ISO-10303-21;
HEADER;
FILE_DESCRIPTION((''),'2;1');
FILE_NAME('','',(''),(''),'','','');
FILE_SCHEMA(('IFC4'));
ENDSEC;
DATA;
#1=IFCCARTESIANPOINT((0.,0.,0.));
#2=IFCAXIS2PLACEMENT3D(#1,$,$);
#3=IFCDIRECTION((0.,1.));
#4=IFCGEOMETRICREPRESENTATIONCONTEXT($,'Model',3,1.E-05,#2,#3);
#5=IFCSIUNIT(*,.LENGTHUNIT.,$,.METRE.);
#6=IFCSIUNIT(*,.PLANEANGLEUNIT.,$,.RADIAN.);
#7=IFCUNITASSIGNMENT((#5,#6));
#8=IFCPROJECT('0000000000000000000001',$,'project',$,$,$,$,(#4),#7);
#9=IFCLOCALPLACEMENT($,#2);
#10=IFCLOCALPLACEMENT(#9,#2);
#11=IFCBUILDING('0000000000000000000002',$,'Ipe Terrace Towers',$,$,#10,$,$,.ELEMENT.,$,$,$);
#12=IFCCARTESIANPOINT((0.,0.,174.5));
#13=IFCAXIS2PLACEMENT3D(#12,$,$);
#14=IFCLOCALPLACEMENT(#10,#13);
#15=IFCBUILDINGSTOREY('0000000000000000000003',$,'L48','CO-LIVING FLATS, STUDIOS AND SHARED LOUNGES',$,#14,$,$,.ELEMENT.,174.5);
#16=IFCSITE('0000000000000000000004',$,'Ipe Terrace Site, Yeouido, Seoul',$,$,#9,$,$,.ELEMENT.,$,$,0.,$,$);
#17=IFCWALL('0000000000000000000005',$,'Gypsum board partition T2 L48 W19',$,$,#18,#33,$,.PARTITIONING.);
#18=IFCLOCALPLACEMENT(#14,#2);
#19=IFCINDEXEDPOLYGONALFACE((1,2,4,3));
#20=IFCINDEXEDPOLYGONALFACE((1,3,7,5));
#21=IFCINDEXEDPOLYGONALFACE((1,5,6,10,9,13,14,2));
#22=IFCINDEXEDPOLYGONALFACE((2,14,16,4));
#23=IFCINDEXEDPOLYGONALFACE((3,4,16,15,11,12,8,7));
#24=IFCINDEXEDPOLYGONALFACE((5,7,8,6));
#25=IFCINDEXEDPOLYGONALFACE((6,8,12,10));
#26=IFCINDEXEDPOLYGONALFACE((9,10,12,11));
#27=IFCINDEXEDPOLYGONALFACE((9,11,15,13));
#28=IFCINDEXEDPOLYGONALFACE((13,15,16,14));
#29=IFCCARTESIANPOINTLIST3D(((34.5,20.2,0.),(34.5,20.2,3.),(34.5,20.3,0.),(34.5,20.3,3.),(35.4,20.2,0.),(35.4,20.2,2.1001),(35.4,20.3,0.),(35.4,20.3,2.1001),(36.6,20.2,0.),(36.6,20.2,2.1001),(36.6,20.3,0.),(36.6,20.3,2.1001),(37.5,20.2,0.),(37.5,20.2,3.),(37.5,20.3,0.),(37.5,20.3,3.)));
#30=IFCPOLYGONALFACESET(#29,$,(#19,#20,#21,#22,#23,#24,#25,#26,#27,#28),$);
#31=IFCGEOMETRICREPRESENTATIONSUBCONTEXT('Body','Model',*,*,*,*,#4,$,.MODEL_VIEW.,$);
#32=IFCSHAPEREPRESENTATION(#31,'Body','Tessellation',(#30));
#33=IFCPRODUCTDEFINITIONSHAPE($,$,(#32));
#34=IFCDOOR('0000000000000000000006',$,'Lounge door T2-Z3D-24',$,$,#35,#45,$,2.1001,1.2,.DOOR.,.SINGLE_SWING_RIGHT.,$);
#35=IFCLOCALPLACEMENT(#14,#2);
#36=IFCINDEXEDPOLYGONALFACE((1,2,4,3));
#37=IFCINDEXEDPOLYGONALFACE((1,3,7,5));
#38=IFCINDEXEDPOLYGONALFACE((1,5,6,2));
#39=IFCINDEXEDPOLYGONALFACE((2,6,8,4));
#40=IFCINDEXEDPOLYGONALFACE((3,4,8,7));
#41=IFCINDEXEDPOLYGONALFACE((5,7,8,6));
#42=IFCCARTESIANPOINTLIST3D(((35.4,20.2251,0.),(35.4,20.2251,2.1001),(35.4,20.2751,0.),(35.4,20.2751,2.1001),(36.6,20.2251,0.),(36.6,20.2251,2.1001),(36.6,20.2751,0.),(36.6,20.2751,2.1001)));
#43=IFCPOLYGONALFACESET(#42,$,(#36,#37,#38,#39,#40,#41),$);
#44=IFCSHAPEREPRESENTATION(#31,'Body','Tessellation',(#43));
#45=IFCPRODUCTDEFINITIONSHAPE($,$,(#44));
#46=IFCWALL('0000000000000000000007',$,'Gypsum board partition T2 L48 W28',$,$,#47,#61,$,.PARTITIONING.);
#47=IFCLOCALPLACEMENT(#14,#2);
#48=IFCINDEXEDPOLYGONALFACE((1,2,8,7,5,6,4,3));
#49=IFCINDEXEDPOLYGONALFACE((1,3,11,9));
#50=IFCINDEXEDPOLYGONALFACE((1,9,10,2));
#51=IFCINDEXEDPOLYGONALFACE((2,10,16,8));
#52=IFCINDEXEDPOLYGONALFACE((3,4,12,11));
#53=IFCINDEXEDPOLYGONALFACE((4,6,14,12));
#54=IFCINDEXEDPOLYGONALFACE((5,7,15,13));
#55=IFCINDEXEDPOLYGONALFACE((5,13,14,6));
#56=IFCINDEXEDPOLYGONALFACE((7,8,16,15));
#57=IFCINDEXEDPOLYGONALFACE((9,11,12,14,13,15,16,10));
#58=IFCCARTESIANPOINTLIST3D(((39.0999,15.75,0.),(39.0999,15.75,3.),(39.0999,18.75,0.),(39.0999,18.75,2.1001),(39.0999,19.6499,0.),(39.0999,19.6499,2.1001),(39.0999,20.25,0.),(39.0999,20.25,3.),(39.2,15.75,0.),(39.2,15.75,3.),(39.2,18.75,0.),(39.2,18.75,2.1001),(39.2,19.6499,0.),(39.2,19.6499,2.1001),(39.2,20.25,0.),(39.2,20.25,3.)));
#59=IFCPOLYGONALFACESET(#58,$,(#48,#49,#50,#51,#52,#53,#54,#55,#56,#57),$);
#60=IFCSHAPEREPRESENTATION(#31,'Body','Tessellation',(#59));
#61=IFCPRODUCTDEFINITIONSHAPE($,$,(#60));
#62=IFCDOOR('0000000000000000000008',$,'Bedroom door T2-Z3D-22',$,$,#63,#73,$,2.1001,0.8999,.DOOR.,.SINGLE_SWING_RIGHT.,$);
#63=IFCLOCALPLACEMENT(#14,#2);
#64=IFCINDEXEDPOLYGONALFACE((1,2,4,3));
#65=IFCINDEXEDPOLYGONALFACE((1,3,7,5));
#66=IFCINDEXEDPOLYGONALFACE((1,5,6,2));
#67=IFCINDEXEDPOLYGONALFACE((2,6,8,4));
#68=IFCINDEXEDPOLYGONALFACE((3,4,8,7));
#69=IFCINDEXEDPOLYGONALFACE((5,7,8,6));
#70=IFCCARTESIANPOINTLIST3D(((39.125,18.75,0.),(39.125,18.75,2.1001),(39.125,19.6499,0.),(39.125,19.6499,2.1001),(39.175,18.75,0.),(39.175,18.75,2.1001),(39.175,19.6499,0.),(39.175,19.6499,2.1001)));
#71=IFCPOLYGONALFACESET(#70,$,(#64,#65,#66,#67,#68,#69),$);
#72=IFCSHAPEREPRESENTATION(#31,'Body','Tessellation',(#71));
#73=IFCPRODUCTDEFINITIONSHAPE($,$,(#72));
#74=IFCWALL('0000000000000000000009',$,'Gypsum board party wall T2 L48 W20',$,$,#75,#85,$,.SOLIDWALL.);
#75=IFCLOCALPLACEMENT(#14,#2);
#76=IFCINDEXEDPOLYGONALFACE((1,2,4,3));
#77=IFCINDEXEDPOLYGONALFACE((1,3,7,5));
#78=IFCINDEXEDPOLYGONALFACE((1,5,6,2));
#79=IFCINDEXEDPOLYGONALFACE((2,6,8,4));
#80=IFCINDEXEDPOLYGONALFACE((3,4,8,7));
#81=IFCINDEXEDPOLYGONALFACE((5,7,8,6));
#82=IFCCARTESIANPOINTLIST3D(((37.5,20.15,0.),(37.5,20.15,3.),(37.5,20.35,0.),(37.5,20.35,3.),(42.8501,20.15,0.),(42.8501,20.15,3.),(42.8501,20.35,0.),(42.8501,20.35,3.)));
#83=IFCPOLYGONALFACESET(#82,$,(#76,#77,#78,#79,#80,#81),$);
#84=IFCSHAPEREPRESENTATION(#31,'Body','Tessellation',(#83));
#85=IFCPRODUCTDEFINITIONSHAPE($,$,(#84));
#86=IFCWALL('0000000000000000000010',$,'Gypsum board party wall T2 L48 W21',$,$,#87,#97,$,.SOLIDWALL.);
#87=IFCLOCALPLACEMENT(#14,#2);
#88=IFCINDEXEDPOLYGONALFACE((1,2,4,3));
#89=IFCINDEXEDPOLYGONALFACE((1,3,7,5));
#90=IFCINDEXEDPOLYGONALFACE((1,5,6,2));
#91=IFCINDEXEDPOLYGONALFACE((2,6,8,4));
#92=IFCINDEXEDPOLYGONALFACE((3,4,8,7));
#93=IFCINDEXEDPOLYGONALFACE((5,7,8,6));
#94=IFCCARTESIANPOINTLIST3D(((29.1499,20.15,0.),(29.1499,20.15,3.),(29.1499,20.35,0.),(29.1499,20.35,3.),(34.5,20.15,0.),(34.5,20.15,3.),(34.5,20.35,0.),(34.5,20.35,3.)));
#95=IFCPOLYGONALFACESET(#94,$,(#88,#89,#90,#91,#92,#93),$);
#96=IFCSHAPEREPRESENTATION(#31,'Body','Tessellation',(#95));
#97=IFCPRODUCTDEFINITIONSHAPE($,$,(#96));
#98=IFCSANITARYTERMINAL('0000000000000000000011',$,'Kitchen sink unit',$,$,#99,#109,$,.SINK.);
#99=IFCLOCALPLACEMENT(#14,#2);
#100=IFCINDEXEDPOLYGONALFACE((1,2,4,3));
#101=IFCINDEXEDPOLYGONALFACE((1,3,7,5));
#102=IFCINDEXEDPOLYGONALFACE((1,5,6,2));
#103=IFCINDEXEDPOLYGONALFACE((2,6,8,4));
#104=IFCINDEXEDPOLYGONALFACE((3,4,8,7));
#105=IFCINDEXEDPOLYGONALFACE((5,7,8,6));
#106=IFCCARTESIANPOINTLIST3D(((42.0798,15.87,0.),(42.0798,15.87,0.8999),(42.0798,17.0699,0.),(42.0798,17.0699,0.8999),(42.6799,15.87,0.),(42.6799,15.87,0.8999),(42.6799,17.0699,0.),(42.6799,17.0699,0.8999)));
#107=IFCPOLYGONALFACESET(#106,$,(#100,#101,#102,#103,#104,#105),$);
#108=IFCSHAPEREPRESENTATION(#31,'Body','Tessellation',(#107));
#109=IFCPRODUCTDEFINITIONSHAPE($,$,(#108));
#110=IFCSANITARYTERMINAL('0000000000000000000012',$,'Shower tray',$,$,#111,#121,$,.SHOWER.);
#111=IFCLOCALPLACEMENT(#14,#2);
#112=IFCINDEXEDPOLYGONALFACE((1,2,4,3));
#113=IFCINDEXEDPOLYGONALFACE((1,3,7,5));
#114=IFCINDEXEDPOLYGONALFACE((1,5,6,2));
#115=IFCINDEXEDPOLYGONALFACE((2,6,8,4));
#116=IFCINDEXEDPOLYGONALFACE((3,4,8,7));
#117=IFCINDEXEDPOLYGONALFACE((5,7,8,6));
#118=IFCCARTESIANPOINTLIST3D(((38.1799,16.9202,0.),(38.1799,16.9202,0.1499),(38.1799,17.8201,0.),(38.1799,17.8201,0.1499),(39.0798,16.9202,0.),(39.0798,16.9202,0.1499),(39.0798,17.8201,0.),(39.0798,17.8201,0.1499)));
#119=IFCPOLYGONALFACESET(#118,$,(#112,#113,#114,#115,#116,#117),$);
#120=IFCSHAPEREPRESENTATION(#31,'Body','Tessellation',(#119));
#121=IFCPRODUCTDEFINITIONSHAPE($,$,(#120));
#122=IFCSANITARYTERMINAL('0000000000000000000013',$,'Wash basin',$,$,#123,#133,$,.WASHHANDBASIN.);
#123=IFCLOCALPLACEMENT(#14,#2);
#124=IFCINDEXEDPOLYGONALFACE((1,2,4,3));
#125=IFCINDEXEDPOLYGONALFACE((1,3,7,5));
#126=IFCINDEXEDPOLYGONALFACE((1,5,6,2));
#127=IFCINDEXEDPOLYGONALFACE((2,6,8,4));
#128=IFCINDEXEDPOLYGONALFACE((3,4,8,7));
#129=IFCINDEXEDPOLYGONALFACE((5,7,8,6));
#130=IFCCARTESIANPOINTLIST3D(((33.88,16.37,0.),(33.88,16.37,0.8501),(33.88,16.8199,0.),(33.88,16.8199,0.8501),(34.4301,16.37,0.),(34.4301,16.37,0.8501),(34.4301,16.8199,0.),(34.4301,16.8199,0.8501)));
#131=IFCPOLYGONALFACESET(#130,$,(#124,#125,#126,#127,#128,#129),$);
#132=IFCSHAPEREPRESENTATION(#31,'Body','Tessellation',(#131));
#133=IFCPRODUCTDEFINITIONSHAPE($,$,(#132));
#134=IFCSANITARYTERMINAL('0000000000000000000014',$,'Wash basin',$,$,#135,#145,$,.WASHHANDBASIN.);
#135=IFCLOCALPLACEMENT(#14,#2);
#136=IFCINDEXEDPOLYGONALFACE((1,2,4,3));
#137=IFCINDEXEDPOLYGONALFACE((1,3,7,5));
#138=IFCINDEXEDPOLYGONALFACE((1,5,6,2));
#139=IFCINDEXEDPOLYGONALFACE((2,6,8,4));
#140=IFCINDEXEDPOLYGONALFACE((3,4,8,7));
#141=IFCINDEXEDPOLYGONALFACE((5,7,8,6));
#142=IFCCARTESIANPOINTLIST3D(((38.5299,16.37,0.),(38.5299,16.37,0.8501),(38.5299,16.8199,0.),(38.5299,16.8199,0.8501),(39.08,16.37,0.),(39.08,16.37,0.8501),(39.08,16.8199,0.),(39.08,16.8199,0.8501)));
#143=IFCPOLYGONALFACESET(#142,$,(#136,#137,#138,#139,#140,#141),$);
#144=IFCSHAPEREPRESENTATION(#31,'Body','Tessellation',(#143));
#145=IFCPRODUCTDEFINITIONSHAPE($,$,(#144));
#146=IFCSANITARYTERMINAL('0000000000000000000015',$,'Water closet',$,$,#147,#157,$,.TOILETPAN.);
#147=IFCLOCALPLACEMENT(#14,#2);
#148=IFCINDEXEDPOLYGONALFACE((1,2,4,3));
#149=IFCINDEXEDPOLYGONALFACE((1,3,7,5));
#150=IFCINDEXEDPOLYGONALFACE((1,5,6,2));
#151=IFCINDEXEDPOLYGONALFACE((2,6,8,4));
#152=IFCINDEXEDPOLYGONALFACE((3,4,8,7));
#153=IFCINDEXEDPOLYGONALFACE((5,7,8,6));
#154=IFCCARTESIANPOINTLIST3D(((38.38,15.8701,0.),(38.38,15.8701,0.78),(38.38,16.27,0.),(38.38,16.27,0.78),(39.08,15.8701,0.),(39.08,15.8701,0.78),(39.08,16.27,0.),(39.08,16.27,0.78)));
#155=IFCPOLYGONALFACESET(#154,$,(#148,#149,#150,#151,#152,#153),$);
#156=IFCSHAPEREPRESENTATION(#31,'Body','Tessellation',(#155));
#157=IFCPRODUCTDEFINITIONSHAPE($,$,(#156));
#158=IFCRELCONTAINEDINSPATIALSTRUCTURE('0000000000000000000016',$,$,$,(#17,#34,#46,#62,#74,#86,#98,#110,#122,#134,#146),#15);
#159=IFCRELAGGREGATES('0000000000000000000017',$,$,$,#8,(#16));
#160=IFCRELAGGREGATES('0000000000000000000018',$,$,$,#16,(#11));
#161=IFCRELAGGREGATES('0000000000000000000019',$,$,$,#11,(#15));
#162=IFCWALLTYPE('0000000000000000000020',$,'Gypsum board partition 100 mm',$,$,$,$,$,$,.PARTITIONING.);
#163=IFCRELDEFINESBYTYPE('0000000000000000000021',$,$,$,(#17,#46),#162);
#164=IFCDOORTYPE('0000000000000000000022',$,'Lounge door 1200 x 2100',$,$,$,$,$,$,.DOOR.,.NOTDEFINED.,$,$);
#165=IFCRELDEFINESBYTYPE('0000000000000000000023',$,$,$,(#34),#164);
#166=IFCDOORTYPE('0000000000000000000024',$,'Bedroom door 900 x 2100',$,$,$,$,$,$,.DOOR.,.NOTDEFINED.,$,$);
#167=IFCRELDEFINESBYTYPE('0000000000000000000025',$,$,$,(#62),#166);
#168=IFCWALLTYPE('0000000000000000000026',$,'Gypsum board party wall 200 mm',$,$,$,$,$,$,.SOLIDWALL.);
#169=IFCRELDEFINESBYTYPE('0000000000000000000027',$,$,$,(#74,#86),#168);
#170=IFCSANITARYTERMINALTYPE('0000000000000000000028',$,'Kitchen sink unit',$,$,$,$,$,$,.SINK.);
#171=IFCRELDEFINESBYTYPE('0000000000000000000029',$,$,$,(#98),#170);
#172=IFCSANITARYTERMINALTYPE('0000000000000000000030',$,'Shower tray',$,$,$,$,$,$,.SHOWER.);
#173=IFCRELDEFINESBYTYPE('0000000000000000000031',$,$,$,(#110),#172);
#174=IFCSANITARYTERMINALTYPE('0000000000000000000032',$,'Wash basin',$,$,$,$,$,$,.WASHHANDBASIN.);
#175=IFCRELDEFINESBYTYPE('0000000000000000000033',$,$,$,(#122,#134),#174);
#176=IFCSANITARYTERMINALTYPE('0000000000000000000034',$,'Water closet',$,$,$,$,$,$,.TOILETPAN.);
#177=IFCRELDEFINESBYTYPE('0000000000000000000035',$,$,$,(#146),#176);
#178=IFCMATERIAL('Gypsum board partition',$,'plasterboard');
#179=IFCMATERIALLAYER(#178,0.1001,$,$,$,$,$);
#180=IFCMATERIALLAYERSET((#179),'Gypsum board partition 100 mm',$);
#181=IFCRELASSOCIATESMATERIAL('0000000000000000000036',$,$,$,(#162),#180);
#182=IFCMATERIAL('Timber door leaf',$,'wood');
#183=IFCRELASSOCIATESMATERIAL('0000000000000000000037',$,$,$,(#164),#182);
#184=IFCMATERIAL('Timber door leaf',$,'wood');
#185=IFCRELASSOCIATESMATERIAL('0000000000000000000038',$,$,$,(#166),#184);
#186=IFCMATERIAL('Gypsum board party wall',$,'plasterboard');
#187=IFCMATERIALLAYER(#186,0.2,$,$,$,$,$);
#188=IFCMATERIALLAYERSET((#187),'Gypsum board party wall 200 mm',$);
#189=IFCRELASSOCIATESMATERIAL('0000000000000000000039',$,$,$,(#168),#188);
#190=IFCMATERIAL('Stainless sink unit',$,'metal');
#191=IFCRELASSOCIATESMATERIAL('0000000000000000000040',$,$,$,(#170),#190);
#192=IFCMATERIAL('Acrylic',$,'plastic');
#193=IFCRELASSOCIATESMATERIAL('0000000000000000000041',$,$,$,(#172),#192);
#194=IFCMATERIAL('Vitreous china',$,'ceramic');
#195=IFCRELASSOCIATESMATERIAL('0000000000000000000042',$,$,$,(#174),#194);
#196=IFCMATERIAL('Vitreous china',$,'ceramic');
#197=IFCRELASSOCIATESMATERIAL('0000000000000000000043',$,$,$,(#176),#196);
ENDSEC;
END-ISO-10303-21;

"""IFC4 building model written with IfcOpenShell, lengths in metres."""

from ifc_helpers import new_model, si_unit, direction, frame, frame_2d, origin, origin_2d, place, context, subcontext, project, spatial, rectangle, extrude, material, layer, layer_set, type_object, element, fill, save


model = new_model("IFC4")

# Units and contexts
model_context = context("Model", 3, precision=1e-05, world=origin(), true_north=direction((0.0, 1.0)))
body_context = subcontext(model_context, "Body", "Model", "MODEL_VIEW")
ifc_project = project(units=[si_unit("LENGTHUNIT", "METRE"), si_unit("PLANEANGLEUNIT", "RADIAN")], contexts=[model_context])

# Site, building, storey
site_placement = place(None, origin())
site = spatial("IfcSite", under=ifc_project, at=site_placement, Name="Ipe Terrace Site, Yeouido, Seoul", CompositionType="ELEMENT", RefElevation=0.0)
building_placement = place(site_placement, origin())
building = spatial("IfcBuilding", under=site, at=building_placement, Name="Ipe Terrace Towers", CompositionType="ELEMENT")
storey_placement = place(building_placement, frame((0.0, 0.0, 174.5)))
storey = spatial("IfcBuildingStorey", under=building, at=storey_placement, Name="L48", Description="CO-LIVING FLATS, STUDIOS AND SHARED LOUNGES", CompositionType="ELEMENT", Elevation=174.5)

# Shared definitions
ifc_material_1 = material(Name="Gypsum board partition", Category="plasterboard")
ifc_layer_1 = layer(ifc_material_1, 0.1001)
ifc_layer_set_1 = layer_set([ifc_layer_1], Name="Gypsum board partition 100 mm")
wall_type_1 = type_object("IfcWallType", Name="Gypsum board partition 100 mm", PredefinedType="PARTITIONING", material=ifc_layer_set_1)

# Walls, openings, doors
wall_1_placement = place(storey_placement, frame((37.5, 20.25, 0.0), z_axis=(0.0, 0.0, 1.0), x_axis=(-1.0, 0.0, 0.0)))
wall_1 = element("IfcWall", 1, at=wall_1_placement, inside=storey, type_object=wall_type_1, Name="Gypsum board partition T2 L48 W19", PredefinedType="PARTITIONING", context=body_context, shape_type="SweptSolid", body=[
    extrude(rectangle(XDim=3.0, YDim=0.1001, at=frame_2d((1.5, 0.0))), origin(), (0.0, 0.0, 1.0), 3.0),
])
opening_1_placement = place(wall_1_placement, frame((0.8999, 0.0, 0.0)))
opening_1 = element("IfcOpeningElement", 2, at=opening_1_placement, cuts=wall_1, PredefinedType="OPENING", context=body_context, shape_type="SweptSolid", body=[
    extrude(rectangle(XDim=1.2, YDim=2.1001, at=frame_2d((0.6001, 1.05))), frame((0.0, 0.0601, 0.0), z_axis=(0.0, -1.0, 0.0), x_axis=(1.0, 0.0, 0.0)), (0.0, 0.0, 1.0), 0.1201),
])
ifc_material_2 = material(Name="Timber door leaf", Category="wood")
door_type_1 = type_object("IfcDoorType", Name="Lounge door 1200 x 2100", OperationType="NOTDEFINED", PredefinedType="DOOR", material=ifc_material_2)
door_1_placement = place(opening_1_placement, origin())
door_1 = element("IfcDoor", 3, at=door_1_placement, inside=storey, type_object=door_type_1, Name="Lounge door T2-Z3D-24", OperationType="SINGLE_SWING_RIGHT", OverallHeight=2.1001, OverallWidth=1.2, PredefinedType="DOOR", context=body_context, shape_type="SweptSolid", body=[
    extrude(rectangle(XDim=1.2, YDim=2.1001, at=frame_2d((0.6001, 1.05))), frame((0.0, 0.0249, 0.0), z_axis=(0.0, -1.0, 0.0), x_axis=(1.0, 0.0, 0.0)), (0.0, 0.0, 1.0), 0.05),
])
fill(opening_1, door_1)
wall_2_placement = place(storey_placement, frame((39.1499, 15.75, 0.0), z_axis=(0.0, 0.0, 1.0), x_axis=(0.0, 1.0, 0.0)))
wall_2 = element("IfcWall", 4, at=wall_2_placement, inside=storey, type_object=wall_type_1, Name="Gypsum board partition T2 L48 W28", PredefinedType="PARTITIONING", context=body_context, shape_type="SweptSolid", body=[
    extrude(rectangle(XDim=4.5, YDim=0.1001, at=frame_2d((2.25, 0.0))), origin(), (0.0, 0.0, 1.0), 3.0),
])
opening_2_placement = place(wall_2_placement, frame((3.0, 0.0, 0.0)))
opening_2 = element("IfcOpeningElement", 5, at=opening_2_placement, cuts=wall_2, PredefinedType="OPENING", context=body_context, shape_type="SweptSolid", body=[
    extrude(rectangle(XDim=0.8999, YDim=2.1001, at=frame_2d((0.45, 1.05))), frame((0.0, 0.0601, 0.0), z_axis=(0.0, -1.0, 0.0), x_axis=(1.0, 0.0, 0.0)), (0.0, 0.0, 1.0), 0.1201),
])
ifc_material_3 = material(Name="Timber door leaf", Category="wood")
door_type_2 = type_object("IfcDoorType", Name="Bedroom door 900 x 2100", OperationType="NOTDEFINED", PredefinedType="DOOR", material=ifc_material_3)
door_2_placement = place(opening_2_placement, origin())
door_2 = element("IfcDoor", 6, at=door_2_placement, inside=storey, type_object=door_type_2, Name="Bedroom door T2-Z3D-22", OperationType="SINGLE_SWING_RIGHT", OverallHeight=2.1001, OverallWidth=0.8999, PredefinedType="DOOR", context=body_context, shape_type="SweptSolid", body=[
    extrude(rectangle(XDim=0.8999, YDim=2.1001, at=frame_2d((0.45, 1.05))), frame((0.0, 0.0249, 0.0), z_axis=(0.0, -1.0, 0.0), x_axis=(1.0, 0.0, 0.0)), (0.0, 0.0, 1.0), 0.05),
])
fill(opening_2, door_2)

# Walls
ifc_material_4 = material(Name="Gypsum board party wall", Category="plasterboard")
ifc_layer_2 = layer(ifc_material_4, 0.2)
ifc_layer_set_2 = layer_set([ifc_layer_2], Name="Gypsum board party wall 200 mm")
wall_type_2 = type_object("IfcWallType", Name="Gypsum board party wall 200 mm", PredefinedType="SOLIDWALL", material=ifc_layer_set_2)
for number, where, z_axis, x_axis, name in (
    (7, (42.8501, 20.25, 0.0), (0.0, 0.0, 1.0), (-1.0, 0.0, 0.0), "Gypsum board party wall T2 L48 W20"),
    (8, (34.5, 20.25, 0.0), (0.0, 0.0, 1.0), (-1.0, 0.0, 0.0), "Gypsum board party wall T2 L48 W21"),
):
    element("IfcWall", number, at=place(storey_placement, frame(where, z_axis=z_axis, x_axis=x_axis)), inside=storey, type_object=wall_type_2, Name=name, PredefinedType="SOLIDWALL", context=body_context, shape_type="SweptSolid", body=[
        extrude(rectangle(XDim=5.3501, YDim=0.2, at=frame_2d((2.675, 0.0))), origin(), (0.0, 0.0, 1.0), 3.0),
    ])

# Sanitary terminals
ifc_material_5 = material(Name="Stainless sink unit", Category="metal")
sanitary_terminal_type_1 = type_object("IfcSanitaryTerminalType", Name="Kitchen sink unit", PredefinedType="SINK", material=ifc_material_5)
sanitary_terminal_1_placement = place(storey_placement, frame((42.3799, 16.47, 0.0), z_axis=(0.0, 0.0, 1.0), x_axis=(0.0, -1.0, 0.0)))
element("IfcSanitaryTerminal", 9, at=sanitary_terminal_1_placement, inside=storey, type_object=sanitary_terminal_type_1, Name="Kitchen sink unit", PredefinedType="SINK", context=body_context, shape_type="SweptSolid", body=[
    extrude(rectangle(XDim=1.2, YDim=0.6001, at=origin_2d()), origin(), (0.0, 0.0, 1.0), 0.8999),
])
ifc_material_6 = material(Name="Acrylic", Category="plastic")
sanitary_terminal_type_2 = type_object("IfcSanitaryTerminalType", Name="Shower tray", PredefinedType="SHOWER", material=ifc_material_6)
sanitary_terminal_2_placement = place(storey_placement, frame((38.6299, 17.3701, 0.0), z_axis=(0.0, 0.0, 1.0), x_axis=(-1.0, 0.0, 0.0)))
element("IfcSanitaryTerminal", 10, at=sanitary_terminal_2_placement, inside=storey, type_object=sanitary_terminal_type_2, Name="Shower tray", PredefinedType="SHOWER", context=body_context, shape_type="SweptSolid", body=[
    extrude(rectangle(XDim=0.8999, YDim=0.8999, at=origin_2d()), origin(), (0.0, 0.0, 1.0), 0.1499),
])
ifc_material_7 = material(Name="Vitreous china", Category="ceramic")
sanitary_terminal_type_3 = type_object("IfcSanitaryTerminalType", Name="Wash basin", PredefinedType="WASHHANDBASIN", material=ifc_material_7)
for number, where, z_axis, x_axis, name in (
    (11, (34.155, 16.595, 0.0), (0.0, 0.0, 1.0), (-1.0, 0.0, 0.0), "Wash basin"),
    (12, (38.8049, 16.595, 0.0), (0.0, 0.0, 1.0), (-1.0, 0.0, 0.0), "Wash basin"),
):
    element("IfcSanitaryTerminal", number, at=place(storey_placement, frame(where, z_axis=z_axis, x_axis=x_axis)), inside=storey, type_object=sanitary_terminal_type_3, Name=name, PredefinedType="WASHHANDBASIN", context=body_context, shape_type="SweptSolid", body=[
        extrude(rectangle(XDim=0.55, YDim=0.45, at=origin_2d()), origin(), (0.0, 0.0, 1.0), 0.8501),
    ])
ifc_material_8 = material(Name="Vitreous china", Category="ceramic")
sanitary_terminal_type_4 = type_object("IfcSanitaryTerminalType", Name="Water closet", PredefinedType="TOILETPAN", material=ifc_material_8)
sanitary_terminal_3_placement = place(storey_placement, frame((38.73, 16.0701, 0.0), z_axis=(0.0, 0.0, 1.0), x_axis=(-1.0, 0.0, 0.0)))
element("IfcSanitaryTerminal", 13, at=sanitary_terminal_3_placement, inside=storey, type_object=sanitary_terminal_type_4, Name="Water closet", PredefinedType="TOILETPAN", context=body_context, shape_type="SweptSolid", body=[
    extrude(rectangle(XDim=0.7, YDim=0.3999, at=origin_2d()), origin(), (0.0, 0.0, 1.0), 0.78),
])

save(model, "model.ifc")
